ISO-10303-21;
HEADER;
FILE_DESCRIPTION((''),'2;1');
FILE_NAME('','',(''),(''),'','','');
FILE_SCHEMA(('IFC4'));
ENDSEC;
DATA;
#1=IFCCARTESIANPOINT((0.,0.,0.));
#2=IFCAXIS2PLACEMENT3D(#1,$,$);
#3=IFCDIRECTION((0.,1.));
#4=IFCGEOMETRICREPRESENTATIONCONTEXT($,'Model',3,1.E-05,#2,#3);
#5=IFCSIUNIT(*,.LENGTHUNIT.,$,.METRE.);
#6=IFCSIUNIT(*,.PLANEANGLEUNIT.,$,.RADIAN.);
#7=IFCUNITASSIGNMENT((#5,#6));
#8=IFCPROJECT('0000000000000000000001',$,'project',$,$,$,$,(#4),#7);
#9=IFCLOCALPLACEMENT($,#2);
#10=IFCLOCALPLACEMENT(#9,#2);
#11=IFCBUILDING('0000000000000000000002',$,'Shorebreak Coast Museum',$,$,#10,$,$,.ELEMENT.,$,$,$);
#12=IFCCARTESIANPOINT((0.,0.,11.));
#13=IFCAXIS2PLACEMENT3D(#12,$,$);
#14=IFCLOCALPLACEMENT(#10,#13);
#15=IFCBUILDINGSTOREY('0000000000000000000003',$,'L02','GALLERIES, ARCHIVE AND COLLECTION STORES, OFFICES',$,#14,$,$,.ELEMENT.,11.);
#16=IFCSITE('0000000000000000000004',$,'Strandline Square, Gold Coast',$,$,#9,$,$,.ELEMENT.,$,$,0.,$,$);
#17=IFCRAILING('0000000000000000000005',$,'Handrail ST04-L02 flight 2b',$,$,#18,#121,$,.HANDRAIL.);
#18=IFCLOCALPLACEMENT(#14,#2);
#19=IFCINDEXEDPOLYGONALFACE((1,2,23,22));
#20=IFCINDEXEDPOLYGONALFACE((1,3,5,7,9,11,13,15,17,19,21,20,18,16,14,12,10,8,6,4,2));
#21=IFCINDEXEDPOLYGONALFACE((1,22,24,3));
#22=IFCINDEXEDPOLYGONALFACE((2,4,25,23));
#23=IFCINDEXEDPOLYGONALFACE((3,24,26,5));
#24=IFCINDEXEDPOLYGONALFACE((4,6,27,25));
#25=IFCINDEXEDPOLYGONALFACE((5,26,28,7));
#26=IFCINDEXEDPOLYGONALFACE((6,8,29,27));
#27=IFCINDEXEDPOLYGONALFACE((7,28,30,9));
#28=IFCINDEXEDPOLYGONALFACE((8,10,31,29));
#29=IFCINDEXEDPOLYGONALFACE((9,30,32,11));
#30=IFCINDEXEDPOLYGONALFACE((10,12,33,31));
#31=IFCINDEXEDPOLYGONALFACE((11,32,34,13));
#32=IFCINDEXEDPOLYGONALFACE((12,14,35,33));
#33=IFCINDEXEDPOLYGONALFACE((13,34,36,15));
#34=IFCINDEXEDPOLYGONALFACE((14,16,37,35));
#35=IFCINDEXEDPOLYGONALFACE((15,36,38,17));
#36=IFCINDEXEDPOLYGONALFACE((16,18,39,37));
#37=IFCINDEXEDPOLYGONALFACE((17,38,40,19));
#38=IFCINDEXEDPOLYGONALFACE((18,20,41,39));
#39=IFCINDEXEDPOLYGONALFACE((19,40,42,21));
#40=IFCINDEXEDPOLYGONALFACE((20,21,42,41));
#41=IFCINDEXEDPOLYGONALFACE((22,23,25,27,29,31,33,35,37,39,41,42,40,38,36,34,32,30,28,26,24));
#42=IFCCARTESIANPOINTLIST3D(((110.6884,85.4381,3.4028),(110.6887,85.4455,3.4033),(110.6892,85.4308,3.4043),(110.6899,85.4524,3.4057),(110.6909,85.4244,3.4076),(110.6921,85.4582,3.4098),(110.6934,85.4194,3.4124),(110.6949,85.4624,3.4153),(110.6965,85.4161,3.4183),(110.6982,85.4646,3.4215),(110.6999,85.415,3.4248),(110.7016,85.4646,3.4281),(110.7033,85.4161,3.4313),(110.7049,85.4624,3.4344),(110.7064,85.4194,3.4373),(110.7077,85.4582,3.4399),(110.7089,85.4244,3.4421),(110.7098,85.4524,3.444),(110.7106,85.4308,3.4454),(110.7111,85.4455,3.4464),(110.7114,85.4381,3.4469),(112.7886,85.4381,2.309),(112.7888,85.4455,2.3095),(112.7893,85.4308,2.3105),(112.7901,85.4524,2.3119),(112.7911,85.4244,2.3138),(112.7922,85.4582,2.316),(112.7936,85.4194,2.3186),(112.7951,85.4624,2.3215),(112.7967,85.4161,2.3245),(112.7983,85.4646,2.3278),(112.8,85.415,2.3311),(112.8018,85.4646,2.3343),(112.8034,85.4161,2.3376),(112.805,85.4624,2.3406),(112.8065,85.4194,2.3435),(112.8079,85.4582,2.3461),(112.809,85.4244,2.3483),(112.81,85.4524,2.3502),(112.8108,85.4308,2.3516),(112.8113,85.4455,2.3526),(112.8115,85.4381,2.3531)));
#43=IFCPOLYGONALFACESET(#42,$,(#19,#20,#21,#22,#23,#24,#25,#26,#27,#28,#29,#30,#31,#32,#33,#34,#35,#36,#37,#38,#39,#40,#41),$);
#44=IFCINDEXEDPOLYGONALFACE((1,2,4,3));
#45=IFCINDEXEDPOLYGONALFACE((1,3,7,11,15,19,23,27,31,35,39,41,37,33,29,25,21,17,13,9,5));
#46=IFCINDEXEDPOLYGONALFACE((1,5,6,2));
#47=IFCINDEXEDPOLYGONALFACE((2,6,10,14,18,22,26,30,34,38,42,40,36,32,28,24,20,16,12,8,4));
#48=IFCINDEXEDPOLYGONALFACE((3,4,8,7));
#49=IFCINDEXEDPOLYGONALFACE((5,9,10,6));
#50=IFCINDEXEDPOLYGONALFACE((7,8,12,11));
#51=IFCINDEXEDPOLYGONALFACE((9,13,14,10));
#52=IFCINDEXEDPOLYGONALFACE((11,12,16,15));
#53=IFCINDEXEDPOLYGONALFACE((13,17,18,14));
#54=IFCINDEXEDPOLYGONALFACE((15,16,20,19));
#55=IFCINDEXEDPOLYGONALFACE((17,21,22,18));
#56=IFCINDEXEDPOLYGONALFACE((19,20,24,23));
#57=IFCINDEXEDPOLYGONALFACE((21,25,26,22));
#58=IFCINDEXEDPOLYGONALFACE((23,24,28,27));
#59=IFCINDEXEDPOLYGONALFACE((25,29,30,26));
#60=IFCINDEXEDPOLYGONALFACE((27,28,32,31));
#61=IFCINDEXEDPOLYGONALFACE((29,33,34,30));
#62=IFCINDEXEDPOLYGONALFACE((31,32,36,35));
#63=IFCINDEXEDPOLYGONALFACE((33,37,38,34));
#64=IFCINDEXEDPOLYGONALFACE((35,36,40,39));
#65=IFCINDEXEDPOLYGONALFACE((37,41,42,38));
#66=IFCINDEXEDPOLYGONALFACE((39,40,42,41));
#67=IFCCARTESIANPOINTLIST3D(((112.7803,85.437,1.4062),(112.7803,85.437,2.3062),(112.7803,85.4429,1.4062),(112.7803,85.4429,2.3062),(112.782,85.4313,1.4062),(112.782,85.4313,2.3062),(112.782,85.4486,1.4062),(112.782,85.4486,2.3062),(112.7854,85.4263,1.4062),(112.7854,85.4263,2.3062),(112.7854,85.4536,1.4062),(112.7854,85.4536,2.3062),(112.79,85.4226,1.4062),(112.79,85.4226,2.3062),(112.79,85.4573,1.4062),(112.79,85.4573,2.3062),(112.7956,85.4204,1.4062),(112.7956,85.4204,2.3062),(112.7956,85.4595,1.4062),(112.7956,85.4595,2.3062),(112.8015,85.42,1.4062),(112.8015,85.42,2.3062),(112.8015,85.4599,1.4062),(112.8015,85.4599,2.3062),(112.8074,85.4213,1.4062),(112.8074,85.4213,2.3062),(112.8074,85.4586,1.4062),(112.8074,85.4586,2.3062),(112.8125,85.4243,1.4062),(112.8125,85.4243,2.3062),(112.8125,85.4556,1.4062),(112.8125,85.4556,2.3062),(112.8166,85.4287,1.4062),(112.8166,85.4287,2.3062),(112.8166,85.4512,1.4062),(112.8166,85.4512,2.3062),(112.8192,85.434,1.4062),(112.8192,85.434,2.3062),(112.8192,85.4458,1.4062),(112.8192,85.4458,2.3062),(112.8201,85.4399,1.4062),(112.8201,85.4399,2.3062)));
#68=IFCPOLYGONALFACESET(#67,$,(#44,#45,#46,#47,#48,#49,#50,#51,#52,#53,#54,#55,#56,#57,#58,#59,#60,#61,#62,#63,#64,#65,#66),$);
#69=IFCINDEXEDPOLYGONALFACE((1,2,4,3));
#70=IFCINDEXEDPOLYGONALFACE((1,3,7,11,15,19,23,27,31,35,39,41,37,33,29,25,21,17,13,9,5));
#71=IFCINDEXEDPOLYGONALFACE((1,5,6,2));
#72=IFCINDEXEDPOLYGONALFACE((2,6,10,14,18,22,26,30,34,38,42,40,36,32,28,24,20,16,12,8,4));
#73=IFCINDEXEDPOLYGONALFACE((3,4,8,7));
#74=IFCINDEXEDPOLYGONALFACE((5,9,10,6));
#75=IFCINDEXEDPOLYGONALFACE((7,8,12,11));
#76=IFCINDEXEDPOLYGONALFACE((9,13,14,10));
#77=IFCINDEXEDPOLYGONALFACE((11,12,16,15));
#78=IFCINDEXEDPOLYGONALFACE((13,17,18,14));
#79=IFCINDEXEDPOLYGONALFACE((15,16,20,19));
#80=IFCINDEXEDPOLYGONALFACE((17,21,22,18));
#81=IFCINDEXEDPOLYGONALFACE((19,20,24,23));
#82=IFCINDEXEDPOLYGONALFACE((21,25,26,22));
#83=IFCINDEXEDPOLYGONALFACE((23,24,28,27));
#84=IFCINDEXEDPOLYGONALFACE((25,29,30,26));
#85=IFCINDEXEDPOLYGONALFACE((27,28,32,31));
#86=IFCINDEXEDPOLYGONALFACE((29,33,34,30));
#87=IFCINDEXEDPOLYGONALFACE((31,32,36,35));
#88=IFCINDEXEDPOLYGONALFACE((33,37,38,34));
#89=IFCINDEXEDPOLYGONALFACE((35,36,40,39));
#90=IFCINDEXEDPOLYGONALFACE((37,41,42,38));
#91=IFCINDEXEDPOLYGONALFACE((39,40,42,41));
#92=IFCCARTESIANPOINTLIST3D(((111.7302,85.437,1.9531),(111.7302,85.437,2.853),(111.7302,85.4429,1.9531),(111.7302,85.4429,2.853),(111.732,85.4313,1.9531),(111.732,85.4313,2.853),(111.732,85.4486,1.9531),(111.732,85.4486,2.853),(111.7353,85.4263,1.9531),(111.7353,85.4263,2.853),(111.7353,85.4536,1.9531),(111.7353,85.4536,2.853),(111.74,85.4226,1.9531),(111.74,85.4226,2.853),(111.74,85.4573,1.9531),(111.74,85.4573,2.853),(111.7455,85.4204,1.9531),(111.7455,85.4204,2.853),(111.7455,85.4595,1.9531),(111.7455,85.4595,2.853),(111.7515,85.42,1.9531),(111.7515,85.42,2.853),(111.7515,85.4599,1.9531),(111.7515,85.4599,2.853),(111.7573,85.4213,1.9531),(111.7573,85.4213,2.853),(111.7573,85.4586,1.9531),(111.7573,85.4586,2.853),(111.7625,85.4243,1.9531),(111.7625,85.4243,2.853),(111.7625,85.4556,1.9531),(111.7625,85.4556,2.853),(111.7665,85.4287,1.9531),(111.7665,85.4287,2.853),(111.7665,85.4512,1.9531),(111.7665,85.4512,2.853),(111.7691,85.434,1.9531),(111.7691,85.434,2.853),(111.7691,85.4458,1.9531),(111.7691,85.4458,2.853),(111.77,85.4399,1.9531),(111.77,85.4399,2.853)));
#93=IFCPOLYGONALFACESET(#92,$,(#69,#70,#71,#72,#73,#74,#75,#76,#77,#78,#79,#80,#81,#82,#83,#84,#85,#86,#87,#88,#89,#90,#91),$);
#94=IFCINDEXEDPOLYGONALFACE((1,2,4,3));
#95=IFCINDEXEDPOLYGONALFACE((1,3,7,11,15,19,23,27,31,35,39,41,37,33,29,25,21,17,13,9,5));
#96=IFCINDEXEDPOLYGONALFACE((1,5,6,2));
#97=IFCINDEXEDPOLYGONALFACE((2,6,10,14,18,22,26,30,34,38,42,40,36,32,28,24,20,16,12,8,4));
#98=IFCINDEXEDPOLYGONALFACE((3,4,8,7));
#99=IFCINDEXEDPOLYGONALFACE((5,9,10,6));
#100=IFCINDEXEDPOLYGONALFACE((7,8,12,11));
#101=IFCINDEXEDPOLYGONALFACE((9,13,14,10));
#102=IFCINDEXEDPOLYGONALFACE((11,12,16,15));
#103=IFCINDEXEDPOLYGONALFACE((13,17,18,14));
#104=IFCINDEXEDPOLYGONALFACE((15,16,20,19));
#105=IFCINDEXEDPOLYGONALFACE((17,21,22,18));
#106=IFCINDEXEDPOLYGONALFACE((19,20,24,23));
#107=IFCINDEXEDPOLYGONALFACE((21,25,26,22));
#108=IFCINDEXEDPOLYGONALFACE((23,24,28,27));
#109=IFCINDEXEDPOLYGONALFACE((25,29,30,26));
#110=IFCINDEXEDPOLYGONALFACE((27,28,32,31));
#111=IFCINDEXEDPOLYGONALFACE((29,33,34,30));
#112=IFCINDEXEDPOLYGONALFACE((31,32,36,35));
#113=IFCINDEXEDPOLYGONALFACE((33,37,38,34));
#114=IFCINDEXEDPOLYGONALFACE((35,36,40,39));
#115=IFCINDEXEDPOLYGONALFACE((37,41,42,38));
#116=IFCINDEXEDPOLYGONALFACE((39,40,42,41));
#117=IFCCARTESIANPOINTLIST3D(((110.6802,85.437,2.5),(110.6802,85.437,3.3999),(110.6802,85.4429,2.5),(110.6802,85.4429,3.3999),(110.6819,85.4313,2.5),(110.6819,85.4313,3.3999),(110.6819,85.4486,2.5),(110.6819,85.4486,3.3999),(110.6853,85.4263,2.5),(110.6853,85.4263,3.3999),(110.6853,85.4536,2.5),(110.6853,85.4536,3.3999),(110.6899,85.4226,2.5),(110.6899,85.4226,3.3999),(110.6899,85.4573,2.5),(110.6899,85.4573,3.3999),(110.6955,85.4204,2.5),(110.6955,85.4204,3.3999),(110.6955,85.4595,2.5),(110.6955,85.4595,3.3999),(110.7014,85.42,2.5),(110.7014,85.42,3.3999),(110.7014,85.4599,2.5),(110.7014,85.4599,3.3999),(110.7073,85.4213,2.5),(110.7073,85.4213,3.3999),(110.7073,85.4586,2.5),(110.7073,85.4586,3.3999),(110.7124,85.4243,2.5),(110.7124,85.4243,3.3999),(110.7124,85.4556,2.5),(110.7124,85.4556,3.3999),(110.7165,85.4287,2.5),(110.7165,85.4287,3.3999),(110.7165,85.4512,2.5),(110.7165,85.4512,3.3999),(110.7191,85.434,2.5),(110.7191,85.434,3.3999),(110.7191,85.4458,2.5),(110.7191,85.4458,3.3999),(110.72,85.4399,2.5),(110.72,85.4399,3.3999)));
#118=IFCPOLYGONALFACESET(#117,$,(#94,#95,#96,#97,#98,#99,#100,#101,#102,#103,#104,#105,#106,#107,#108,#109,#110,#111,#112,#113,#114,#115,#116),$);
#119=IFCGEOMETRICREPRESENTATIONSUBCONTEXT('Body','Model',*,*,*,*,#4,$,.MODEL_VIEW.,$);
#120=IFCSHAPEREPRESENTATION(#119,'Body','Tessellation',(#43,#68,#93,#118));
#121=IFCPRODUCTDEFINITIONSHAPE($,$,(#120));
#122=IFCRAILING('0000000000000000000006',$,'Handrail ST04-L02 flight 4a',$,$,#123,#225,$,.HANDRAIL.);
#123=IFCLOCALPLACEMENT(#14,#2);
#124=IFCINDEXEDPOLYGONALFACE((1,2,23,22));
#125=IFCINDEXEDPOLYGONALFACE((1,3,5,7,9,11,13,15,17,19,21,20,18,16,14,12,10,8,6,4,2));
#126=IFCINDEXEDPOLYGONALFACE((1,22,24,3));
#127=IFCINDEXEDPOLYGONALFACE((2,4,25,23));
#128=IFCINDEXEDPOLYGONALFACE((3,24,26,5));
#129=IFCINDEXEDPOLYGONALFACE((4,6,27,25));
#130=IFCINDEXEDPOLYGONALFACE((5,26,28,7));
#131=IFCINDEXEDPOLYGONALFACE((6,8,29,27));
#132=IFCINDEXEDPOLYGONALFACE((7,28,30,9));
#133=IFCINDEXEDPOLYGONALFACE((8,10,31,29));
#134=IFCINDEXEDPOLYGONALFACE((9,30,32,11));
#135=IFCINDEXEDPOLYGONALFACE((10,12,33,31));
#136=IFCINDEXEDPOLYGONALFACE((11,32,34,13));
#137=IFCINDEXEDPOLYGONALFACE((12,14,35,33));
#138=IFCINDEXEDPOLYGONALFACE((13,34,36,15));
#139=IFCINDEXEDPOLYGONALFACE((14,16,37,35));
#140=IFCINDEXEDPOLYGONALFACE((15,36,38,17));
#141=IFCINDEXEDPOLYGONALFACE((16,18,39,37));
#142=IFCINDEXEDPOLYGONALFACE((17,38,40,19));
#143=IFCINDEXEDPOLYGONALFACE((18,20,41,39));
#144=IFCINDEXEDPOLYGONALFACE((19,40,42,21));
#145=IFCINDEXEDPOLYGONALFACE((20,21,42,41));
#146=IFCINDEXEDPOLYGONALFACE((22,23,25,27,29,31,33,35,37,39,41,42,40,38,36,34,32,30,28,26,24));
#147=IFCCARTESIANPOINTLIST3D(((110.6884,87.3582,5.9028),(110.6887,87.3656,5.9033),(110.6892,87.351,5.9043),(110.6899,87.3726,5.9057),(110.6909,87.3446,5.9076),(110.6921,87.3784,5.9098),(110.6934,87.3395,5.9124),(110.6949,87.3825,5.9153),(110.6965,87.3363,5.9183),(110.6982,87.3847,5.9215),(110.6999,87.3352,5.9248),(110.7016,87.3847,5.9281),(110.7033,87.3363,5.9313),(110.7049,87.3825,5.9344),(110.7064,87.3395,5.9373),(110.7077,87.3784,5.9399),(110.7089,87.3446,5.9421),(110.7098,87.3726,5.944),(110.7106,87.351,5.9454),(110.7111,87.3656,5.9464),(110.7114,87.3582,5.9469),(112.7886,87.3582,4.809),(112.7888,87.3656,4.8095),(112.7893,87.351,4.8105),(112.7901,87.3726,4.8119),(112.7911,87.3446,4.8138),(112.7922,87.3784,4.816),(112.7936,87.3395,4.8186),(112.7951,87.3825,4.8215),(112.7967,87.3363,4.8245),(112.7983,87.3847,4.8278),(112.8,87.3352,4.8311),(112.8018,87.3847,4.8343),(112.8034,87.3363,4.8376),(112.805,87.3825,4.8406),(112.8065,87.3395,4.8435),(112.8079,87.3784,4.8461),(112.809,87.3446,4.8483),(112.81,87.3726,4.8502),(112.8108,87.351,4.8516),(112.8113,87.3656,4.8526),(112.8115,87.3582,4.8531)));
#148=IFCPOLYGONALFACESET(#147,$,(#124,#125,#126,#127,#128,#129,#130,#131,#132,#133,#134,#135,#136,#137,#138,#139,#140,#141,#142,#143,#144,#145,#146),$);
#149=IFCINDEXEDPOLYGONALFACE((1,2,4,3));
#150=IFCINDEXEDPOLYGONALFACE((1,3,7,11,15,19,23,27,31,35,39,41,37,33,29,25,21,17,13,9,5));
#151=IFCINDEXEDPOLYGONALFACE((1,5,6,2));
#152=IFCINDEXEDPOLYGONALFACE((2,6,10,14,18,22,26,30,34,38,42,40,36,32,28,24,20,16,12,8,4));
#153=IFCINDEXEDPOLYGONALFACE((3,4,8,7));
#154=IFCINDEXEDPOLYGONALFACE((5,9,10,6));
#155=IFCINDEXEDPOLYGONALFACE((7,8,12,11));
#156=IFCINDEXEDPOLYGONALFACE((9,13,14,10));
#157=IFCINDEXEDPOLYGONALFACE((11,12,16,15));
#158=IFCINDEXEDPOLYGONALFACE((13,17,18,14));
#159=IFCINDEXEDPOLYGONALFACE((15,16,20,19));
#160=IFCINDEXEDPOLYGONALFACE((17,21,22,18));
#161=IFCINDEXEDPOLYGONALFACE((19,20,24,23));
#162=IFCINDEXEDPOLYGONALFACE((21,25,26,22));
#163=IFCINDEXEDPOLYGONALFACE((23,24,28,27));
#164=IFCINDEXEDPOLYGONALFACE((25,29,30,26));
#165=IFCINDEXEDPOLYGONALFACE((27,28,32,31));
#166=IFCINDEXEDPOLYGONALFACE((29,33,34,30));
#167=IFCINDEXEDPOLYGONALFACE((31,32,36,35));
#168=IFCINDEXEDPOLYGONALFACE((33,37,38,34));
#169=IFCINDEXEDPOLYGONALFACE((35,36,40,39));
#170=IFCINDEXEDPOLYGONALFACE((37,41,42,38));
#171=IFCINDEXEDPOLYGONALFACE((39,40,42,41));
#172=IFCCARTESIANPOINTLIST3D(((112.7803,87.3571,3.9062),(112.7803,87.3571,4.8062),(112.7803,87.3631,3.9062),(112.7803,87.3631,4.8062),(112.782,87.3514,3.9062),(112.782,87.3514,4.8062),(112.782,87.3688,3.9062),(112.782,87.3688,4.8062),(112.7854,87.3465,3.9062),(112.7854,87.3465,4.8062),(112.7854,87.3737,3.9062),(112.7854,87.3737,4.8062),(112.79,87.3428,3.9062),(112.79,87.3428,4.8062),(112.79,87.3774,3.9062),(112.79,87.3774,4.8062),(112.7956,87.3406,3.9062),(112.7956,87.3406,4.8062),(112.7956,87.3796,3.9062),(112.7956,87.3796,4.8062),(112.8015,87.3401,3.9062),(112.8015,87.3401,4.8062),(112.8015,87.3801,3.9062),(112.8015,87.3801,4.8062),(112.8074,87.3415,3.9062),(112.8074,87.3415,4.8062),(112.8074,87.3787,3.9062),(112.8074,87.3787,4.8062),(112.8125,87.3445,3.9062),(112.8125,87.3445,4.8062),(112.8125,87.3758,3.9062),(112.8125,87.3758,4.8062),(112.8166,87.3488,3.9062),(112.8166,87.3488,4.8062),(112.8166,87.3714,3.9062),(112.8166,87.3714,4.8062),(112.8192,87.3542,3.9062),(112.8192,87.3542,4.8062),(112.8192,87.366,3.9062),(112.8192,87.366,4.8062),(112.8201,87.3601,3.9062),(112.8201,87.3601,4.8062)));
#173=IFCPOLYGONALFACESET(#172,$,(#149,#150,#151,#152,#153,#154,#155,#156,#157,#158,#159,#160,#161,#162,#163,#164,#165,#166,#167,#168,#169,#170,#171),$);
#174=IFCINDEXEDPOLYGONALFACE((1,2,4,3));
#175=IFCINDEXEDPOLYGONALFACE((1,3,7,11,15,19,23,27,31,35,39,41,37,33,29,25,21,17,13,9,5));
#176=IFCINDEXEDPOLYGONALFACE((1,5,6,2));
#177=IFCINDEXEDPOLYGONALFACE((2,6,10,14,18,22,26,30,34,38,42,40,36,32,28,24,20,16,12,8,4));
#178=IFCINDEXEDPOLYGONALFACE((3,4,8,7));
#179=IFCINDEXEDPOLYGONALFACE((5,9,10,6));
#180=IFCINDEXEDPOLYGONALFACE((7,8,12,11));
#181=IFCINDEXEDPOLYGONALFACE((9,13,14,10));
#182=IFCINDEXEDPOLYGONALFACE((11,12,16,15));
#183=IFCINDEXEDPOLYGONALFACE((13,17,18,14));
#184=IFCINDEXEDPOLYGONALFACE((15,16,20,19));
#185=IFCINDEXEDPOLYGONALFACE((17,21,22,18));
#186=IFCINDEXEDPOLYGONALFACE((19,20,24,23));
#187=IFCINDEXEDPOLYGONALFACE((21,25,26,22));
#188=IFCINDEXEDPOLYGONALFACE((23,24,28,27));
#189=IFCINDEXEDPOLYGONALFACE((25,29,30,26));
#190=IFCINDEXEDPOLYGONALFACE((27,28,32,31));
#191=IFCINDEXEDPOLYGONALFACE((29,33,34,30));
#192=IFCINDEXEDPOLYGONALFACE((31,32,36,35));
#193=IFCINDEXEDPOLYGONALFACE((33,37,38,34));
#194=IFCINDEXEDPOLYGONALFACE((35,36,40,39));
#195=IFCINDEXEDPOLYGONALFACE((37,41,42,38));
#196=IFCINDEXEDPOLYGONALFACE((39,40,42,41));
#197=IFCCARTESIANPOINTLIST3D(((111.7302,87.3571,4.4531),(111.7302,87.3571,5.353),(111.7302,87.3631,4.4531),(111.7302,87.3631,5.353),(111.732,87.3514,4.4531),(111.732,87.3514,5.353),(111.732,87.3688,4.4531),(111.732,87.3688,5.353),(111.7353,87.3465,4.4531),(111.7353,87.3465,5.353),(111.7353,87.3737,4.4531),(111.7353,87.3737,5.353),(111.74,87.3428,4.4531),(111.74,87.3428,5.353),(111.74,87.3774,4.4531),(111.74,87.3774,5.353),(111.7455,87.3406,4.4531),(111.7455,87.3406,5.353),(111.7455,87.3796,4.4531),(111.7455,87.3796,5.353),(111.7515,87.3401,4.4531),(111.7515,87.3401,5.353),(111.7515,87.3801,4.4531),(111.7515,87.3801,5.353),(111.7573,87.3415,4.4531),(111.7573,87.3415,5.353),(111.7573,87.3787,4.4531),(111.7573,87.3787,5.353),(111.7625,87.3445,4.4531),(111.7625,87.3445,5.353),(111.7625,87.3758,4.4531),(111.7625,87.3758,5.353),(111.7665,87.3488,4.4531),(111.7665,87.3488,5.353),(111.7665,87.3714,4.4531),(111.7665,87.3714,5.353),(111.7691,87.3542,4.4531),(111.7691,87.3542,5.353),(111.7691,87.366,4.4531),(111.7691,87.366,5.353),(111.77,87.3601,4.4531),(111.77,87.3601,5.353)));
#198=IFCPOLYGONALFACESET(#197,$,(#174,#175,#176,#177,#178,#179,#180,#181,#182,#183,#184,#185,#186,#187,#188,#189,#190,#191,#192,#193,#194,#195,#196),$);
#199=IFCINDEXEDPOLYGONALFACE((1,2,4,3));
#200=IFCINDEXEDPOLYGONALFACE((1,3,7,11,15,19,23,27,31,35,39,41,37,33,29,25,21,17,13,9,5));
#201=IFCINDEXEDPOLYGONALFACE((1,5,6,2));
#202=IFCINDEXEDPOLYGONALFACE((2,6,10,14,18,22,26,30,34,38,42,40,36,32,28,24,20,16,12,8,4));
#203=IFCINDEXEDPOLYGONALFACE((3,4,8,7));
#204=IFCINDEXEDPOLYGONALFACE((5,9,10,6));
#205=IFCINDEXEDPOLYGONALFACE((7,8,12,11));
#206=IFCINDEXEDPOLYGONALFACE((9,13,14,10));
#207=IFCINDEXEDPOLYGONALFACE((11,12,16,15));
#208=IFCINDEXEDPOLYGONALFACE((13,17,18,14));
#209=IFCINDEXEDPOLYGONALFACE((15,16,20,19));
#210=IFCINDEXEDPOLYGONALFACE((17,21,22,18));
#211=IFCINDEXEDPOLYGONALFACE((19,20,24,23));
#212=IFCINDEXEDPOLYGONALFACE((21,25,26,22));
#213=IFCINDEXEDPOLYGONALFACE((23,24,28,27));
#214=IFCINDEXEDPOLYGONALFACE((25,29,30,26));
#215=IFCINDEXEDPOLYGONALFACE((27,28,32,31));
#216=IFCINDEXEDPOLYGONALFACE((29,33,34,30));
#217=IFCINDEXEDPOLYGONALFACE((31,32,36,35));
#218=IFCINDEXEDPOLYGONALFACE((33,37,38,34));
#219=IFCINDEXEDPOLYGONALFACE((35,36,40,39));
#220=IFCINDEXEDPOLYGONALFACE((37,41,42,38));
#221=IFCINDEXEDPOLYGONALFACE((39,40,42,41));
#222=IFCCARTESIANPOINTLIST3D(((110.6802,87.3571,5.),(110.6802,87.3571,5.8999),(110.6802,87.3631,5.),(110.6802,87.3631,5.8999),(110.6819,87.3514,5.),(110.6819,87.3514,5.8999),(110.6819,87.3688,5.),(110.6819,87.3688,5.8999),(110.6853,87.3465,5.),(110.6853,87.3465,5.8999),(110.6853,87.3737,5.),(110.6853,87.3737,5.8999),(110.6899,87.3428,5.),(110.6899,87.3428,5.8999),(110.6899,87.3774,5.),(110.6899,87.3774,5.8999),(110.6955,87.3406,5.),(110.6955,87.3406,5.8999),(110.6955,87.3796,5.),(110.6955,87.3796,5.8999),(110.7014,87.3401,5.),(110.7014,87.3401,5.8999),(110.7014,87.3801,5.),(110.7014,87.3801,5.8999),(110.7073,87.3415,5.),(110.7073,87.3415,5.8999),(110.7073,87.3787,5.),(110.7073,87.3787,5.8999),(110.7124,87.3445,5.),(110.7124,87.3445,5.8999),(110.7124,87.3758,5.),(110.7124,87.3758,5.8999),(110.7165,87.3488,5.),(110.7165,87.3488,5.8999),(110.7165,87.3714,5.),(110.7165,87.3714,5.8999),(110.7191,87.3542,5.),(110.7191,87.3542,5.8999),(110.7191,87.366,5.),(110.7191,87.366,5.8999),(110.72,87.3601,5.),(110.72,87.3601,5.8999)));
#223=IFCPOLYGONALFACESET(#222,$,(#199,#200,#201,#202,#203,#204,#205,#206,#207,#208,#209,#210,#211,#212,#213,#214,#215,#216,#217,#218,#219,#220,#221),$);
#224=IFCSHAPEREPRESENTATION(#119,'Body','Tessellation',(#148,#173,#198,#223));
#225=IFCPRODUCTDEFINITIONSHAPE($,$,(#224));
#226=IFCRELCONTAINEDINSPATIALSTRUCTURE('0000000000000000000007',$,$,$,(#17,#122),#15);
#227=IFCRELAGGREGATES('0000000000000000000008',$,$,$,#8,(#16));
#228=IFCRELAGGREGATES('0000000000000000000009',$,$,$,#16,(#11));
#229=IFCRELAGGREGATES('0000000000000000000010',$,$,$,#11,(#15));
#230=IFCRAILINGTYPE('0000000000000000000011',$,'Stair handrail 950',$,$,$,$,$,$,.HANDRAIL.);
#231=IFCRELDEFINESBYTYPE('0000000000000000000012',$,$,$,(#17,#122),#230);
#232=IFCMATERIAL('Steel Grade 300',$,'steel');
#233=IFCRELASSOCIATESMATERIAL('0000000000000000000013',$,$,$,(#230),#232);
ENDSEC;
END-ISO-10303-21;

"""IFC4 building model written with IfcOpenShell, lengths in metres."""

from ifc_helpers import new_model, si_unit, direction, frame, origin, origin_2d, place, context, subcontext, project, spatial, circle, extrude, material, type_object, element, save


model = new_model("IFC4")

# Units and contexts
model_context = context("Model", 3, precision=1e-05, world=origin(), true_north=direction((0.0, 1.0)))
body_context = subcontext(model_context, "Body", "Model", "MODEL_VIEW")
ifc_project = project(units=[si_unit("LENGTHUNIT", "METRE"), si_unit("PLANEANGLEUNIT", "RADIAN")], contexts=[model_context])

# Site, building, storey
site_placement = place(None, origin())
site = spatial("IfcSite", under=ifc_project, at=site_placement, Name="Strandline Square, Gold Coast", CompositionType="ELEMENT", RefElevation=0.0)
building_placement = place(site_placement, origin())
building = spatial("IfcBuilding", under=site, at=building_placement, Name="Shorebreak Coast Museum", CompositionType="ELEMENT")
storey_placement = place(building_placement, frame((0.0, 0.0, 11.0)))
storey = spatial("IfcBuildingStorey", under=building, at=storey_placement, Name="L02", Description="GALLERIES, ARCHIVE AND COLLECTION STORES, OFFICES", CompositionType="ELEMENT", Elevation=11.0)

# Railings
ifc_material_1 = material(Name="Steel Grade 300", Category="steel")
railing_type_1 = type_object("IfcRailingType", Name="Stair handrail 950", PredefinedType="HANDRAIL", material=ifc_material_1)
for number, where, name in (
    (1, (112.8, 85.4399, 1.4062), "Handrail ST04-L02 flight 2b"),
    (2, (112.8, 87.3601, 3.9062), "Handrail ST04-L02 flight 4a"),
):
    element("IfcRailing", number, at=place(storey_placement, frame(where)), inside=storey, type_object=railing_type_1, Name=name, PredefinedType="HANDRAIL", context=body_context, shape_type="SweptSolid", body=[
        extrude(circle(Radius=0.0249, at=origin_2d()), frame((0.0, 0.0, 0.9248), z_axis=(-0.886923, 0.0, 0.461918), x_axis=(0.0, -1.0, 0.0)), (0.0, 0.0, 1.0), 2.3679),
        extrude(circle(Radius=0.02, at=origin_2d()), origin(), (0.0, 0.0, 1.0), 0.8999),
        extrude(circle(Radius=0.02, at=origin_2d()), frame((-1.05, 0.0, 0.5469)), (0.0, 0.0, 1.0), 0.8999),
        extrude(circle(Radius=0.02, at=origin_2d()), frame((-2.1001, 0.0, 1.0938)), (0.0, 0.0, 1.0), 0.8999),
    ])

save(model, "model.ifc")
